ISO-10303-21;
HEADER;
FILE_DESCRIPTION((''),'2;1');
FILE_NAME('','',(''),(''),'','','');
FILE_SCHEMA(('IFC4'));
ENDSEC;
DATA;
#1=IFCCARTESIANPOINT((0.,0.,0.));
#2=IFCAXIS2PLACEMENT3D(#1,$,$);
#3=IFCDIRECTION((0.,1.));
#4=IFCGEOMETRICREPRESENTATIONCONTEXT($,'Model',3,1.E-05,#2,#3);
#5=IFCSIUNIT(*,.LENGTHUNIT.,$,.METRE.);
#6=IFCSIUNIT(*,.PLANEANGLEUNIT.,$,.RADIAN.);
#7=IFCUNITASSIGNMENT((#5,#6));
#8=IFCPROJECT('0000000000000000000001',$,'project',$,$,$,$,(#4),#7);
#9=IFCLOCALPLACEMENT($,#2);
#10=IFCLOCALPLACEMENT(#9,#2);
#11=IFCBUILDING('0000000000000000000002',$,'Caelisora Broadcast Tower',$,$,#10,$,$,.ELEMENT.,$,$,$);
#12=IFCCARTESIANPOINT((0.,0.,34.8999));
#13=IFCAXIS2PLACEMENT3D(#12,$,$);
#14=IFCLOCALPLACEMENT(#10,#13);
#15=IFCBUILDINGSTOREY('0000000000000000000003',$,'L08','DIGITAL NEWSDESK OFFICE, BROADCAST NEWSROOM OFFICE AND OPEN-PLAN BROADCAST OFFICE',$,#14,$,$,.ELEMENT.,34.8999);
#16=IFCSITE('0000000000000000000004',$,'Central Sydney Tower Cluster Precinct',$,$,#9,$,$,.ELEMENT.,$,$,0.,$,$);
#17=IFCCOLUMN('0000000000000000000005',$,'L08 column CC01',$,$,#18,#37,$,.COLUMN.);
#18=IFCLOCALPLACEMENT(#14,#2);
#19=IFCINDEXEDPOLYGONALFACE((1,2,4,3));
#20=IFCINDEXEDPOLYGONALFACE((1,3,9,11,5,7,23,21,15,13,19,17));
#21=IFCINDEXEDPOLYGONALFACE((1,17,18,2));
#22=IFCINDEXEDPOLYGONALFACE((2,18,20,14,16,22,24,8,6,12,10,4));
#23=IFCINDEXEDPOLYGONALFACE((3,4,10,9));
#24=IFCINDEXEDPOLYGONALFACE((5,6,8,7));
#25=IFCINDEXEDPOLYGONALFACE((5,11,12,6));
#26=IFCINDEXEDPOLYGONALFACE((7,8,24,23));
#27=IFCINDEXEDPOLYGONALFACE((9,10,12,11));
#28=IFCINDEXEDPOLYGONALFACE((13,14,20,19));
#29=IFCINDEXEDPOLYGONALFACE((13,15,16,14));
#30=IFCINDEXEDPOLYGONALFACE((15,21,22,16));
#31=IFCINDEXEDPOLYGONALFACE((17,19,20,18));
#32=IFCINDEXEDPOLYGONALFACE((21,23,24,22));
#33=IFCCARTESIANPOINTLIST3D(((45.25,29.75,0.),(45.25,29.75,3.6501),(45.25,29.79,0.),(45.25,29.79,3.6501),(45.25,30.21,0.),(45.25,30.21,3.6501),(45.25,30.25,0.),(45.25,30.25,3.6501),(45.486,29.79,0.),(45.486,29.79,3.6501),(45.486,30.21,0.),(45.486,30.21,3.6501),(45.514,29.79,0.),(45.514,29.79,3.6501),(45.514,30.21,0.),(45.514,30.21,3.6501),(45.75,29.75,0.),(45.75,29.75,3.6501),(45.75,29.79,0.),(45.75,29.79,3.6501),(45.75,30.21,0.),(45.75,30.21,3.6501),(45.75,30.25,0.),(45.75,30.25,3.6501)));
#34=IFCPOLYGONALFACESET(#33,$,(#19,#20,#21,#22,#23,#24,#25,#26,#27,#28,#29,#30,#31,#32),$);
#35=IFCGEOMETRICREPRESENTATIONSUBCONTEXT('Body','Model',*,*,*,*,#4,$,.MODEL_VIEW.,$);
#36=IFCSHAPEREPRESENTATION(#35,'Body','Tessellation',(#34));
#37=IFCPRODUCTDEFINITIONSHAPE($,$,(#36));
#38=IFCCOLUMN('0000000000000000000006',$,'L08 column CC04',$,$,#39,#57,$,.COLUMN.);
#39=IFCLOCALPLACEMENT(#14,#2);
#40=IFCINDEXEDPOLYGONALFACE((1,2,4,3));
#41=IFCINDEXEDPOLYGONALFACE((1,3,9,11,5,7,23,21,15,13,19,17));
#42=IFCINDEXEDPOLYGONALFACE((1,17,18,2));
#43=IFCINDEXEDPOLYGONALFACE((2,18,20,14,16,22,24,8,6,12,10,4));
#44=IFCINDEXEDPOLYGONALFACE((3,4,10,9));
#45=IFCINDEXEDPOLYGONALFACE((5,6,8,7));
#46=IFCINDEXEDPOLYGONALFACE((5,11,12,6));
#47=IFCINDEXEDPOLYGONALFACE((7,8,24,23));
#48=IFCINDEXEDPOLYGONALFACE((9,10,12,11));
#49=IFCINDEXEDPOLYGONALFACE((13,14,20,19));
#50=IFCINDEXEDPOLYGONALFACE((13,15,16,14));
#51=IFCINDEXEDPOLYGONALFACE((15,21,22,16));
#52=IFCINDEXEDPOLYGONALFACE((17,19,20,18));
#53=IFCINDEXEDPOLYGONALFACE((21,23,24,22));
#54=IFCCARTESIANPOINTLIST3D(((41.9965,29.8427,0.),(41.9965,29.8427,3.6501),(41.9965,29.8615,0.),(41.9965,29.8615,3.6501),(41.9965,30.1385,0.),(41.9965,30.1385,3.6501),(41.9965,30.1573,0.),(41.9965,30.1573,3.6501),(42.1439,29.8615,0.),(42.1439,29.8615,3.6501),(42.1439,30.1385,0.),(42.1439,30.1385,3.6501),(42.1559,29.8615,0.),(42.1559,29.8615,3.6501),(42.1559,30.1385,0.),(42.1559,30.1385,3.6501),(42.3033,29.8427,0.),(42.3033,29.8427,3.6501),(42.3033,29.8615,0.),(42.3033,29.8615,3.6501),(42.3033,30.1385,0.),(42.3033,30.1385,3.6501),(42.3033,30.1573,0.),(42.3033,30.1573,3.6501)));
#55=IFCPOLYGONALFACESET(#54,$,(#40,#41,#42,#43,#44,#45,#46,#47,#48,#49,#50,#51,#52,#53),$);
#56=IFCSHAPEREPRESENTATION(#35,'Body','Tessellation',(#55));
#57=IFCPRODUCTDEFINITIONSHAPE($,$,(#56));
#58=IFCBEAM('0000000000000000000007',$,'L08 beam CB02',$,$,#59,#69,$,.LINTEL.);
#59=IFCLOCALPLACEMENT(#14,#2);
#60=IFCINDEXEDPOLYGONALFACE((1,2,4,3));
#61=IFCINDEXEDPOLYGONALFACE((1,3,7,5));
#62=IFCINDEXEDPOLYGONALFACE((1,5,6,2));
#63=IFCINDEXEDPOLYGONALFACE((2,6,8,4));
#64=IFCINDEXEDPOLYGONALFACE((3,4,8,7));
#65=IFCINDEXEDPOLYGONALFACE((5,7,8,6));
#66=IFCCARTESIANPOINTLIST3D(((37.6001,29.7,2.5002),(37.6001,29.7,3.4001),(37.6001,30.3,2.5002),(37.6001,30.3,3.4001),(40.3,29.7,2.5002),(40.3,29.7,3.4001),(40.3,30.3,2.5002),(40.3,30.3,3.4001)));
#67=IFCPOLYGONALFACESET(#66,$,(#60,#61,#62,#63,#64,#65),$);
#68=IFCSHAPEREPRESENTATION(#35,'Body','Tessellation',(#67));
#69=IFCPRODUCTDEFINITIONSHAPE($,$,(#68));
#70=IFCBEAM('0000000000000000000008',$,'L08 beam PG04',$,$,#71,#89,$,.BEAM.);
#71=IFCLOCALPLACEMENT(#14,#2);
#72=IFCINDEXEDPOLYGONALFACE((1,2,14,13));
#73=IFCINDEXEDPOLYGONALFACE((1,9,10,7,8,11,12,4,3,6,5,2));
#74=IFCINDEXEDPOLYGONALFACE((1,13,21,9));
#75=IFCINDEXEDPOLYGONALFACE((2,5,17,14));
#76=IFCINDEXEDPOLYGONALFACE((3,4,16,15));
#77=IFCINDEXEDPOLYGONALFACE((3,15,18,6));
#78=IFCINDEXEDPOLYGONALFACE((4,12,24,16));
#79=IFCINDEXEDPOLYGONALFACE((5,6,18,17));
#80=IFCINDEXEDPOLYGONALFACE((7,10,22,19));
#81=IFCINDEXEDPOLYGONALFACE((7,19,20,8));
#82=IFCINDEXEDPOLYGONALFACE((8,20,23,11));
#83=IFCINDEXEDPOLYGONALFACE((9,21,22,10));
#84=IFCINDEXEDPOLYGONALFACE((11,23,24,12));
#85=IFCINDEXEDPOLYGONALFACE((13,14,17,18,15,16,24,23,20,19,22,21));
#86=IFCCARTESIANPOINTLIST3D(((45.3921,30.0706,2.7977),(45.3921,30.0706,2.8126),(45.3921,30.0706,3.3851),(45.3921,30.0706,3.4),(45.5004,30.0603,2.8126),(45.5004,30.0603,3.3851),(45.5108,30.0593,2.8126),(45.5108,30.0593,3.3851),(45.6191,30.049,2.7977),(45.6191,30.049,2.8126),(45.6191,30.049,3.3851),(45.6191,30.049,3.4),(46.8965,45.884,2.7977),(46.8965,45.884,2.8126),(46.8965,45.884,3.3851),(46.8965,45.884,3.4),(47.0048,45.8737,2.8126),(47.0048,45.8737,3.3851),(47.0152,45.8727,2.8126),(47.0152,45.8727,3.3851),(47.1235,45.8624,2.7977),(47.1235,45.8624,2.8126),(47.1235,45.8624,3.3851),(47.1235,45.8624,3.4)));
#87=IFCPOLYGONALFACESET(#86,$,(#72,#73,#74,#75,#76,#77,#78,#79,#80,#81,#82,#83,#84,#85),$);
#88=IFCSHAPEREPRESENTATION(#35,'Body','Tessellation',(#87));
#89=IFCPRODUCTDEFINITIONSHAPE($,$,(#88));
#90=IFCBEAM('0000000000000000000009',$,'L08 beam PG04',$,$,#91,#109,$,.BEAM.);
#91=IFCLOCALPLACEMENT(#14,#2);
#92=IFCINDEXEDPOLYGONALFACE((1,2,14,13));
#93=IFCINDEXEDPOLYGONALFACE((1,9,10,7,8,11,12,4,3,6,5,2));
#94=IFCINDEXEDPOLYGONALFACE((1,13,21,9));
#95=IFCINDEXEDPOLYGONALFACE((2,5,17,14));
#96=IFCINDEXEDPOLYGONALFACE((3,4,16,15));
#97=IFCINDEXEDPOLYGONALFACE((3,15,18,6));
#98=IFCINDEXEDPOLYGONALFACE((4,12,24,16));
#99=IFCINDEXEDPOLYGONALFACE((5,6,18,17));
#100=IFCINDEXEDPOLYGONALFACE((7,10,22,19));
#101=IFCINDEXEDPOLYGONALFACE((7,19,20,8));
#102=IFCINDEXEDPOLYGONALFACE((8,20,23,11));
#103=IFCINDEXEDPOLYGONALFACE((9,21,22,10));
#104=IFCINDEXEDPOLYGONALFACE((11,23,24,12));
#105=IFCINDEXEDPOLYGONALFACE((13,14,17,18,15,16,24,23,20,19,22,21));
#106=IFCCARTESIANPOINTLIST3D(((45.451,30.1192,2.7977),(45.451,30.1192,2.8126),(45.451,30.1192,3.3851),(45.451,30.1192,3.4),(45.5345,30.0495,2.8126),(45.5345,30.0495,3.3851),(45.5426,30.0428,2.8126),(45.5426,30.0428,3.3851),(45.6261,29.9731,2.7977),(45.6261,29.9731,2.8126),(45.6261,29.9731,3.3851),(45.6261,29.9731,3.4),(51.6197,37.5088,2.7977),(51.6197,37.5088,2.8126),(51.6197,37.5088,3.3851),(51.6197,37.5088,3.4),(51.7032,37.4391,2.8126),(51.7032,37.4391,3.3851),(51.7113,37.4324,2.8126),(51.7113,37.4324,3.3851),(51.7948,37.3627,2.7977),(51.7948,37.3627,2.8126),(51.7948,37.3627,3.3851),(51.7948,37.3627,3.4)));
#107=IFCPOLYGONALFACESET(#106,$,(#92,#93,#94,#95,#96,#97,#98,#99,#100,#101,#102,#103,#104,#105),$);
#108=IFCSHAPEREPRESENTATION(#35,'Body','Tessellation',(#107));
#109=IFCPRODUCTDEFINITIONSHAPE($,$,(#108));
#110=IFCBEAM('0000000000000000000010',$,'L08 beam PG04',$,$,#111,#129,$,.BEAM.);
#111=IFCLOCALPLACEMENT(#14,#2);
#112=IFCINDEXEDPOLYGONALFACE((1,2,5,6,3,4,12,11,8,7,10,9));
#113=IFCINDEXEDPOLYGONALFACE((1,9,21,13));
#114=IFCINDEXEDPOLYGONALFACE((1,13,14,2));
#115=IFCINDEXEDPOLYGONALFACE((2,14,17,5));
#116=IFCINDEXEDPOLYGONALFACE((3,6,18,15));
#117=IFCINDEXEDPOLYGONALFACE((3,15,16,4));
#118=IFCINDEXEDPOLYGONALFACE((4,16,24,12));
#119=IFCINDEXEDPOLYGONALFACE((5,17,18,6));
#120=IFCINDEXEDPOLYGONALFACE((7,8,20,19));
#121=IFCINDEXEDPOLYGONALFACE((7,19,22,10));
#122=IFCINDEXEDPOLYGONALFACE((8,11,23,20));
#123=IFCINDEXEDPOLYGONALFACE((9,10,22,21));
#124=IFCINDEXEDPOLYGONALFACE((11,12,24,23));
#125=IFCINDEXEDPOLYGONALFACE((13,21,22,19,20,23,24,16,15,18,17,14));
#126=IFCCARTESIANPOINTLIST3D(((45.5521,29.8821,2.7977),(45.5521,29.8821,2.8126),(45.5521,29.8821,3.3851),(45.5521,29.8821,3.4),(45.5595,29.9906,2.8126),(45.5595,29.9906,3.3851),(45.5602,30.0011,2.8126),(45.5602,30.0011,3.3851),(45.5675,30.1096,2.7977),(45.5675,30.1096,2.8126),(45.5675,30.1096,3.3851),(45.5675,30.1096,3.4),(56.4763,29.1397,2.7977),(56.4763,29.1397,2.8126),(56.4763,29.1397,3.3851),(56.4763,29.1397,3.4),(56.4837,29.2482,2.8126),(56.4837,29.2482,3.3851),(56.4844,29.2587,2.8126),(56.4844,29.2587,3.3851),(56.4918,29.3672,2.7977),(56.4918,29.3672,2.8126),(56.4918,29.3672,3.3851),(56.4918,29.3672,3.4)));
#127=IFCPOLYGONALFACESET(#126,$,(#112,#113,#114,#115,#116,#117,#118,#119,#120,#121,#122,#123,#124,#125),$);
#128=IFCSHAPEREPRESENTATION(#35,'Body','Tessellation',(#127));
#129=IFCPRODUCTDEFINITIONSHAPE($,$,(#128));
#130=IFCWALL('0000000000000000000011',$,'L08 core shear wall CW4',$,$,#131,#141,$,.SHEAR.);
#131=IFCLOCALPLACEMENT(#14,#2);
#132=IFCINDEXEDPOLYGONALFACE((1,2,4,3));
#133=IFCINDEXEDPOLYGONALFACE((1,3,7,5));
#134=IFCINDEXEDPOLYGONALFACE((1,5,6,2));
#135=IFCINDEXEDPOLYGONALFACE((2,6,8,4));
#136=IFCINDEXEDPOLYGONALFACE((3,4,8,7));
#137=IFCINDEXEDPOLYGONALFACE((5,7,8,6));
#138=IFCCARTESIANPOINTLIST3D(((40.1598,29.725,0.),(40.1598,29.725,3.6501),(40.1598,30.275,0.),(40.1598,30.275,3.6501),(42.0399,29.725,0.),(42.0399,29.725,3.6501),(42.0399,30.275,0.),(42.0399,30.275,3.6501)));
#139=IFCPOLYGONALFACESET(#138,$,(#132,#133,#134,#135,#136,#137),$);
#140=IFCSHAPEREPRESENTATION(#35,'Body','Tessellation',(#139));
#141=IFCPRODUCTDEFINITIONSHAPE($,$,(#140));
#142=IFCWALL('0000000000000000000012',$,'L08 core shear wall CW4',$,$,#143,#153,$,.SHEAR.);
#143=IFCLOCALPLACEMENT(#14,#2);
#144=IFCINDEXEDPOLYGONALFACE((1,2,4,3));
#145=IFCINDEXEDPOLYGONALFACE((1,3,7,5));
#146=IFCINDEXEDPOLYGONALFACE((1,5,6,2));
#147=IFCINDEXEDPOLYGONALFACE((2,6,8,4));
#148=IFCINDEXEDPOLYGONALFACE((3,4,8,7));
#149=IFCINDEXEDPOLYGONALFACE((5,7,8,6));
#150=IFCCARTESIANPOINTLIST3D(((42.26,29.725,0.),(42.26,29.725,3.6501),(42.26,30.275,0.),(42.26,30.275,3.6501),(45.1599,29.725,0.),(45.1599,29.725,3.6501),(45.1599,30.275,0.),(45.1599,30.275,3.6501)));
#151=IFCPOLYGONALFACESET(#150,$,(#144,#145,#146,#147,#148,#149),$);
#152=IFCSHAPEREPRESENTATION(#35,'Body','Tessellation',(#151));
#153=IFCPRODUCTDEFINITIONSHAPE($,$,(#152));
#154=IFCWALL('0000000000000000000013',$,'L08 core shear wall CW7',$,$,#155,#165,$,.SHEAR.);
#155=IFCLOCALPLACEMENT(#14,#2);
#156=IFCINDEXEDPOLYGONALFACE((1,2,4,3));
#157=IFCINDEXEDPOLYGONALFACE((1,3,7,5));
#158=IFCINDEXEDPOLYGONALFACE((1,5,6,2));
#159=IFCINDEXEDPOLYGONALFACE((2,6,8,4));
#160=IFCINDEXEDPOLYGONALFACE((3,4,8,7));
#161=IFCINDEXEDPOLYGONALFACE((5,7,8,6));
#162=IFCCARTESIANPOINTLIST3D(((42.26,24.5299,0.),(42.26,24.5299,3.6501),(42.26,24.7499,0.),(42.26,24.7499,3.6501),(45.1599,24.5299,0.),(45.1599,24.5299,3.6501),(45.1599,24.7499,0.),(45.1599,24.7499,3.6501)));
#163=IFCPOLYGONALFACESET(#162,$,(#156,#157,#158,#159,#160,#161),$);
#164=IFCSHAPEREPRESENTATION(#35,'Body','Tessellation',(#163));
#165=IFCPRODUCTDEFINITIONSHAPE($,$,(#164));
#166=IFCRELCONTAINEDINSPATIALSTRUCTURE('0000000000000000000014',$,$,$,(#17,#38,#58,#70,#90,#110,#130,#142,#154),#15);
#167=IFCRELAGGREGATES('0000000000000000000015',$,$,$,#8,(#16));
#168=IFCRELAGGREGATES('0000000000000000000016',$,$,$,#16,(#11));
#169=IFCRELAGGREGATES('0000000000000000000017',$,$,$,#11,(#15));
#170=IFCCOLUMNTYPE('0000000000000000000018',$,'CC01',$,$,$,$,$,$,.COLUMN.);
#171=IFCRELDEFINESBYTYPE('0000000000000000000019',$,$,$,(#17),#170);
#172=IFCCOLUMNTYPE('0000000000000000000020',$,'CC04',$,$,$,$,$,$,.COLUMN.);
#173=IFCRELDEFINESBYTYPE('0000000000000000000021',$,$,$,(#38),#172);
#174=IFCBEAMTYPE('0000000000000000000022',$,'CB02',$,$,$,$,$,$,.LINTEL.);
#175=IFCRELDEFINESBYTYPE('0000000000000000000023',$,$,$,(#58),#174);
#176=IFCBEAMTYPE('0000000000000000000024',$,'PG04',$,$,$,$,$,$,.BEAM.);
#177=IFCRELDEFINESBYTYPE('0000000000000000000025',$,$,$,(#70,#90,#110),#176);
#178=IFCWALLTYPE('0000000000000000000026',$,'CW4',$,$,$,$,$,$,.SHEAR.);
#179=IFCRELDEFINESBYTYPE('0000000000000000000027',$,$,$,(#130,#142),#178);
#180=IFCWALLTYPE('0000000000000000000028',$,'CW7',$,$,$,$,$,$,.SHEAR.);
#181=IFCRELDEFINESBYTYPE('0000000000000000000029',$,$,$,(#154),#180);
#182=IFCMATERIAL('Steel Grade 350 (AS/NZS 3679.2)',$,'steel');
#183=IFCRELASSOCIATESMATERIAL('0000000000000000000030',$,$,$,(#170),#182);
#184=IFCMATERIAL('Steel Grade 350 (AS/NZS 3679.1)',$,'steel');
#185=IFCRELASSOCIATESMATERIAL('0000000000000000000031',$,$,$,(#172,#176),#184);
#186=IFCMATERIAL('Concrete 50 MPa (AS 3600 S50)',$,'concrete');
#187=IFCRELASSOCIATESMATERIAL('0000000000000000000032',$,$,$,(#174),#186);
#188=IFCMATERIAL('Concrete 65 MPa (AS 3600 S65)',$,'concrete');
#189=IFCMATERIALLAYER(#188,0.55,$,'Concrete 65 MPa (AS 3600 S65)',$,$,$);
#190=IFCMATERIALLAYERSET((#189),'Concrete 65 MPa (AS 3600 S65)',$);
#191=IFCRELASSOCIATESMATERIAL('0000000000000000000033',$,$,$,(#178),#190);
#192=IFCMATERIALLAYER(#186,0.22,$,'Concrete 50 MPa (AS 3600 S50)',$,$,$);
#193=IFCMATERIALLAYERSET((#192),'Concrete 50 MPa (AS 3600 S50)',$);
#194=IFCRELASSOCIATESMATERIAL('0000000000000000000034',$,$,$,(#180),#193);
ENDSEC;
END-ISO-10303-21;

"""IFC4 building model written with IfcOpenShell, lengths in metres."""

from ifc_helpers import new_model, si_unit, direction, frame, frame_2d, origin, origin_2d, place, context, subcontext, project, spatial, rectangle, i_section, extrude, source, transform, mapped, material, layer, layer_set, material_profile, profile_set, type_object, type_shapes, element, save


model = new_model("IFC4")

# Units and contexts
model_context = context("Model", 3, precision=1e-05, world=origin(), true_north=direction((0.0, 1.0)))
body_context = subcontext(model_context, "Body", "Model", "MODEL_VIEW")
ifc_project = project(units=[si_unit("LENGTHUNIT", "METRE"), si_unit("PLANEANGLEUNIT", "RADIAN")], contexts=[model_context])

# Site, building, storey
site_placement = place(None, origin())
site = spatial("IfcSite", under=ifc_project, at=site_placement, Name="Central Sydney Tower Cluster Precinct", CompositionType="ELEMENT", RefElevation=0.0)
building_placement = place(site_placement, origin())
building = spatial("IfcBuilding", under=site, at=building_placement, Name="Caelisora Broadcast Tower", CompositionType="ELEMENT")
storey_placement = place(building_placement, frame((0.0, 0.0, 34.8999)))
storey = spatial("IfcBuildingStorey", under=building, at=storey_placement, Name="L08", Description="DIGITAL NEWSDESK OFFICE, BROADCAST NEWSROOM OFFICE AND OPEN-PLAN BROADCAST OFFICE", CompositionType="ELEMENT", Elevation=34.8999)

# Columns
ifc_material_1 = material(Name="Steel Grade 350 (AS/NZS 3679.2)", Category="steel")
ifc_material_profile_1 = material_profile(ifc_material_1, i_section(OverallWidth=0.5, OverallDepth=0.5, WebThickness=0.0281, FlangeThickness=0.04, at=origin_2d()), Name="Steel Grade 350 (AS/NZS 3679.2)")
ifc_profile_set_1 = profile_set([ifc_material_profile_1], Name="Steel Grade 350 (AS/NZS 3679.2)")
column_type_1 = type_object("IfcColumnType", Name="CC01", PredefinedType="COLUMN", material=ifc_profile_set_1)
shared_shape_1 = source(origin(), body_context, "Body", "SweptSolid", [
    extrude(i_section(OverallWidth=0.5, OverallDepth=0.5, WebThickness=0.0281, FlangeThickness=0.04, at=origin_2d()), origin(), (0.0, 0.0, 1.0), 3.6501),
])
type_shapes(column_type_1, [shared_shape_1])
column_1_placement = place(storey_placement, frame((45.5, 30.0, 0.0), z_axis=(0.0, 0.0, 1.0), x_axis=(1.0, 0.0, 0.0)))
element("IfcColumn", 1, at=column_1_placement, inside=storey, type_object=column_type_1, Name="L08 column CC01", PredefinedType="COLUMN", context=body_context, shape_type="MappedRepresentation", body=[
    mapped(shared_shape_1, transform((0.0, 0.0, 0.0), scale=1.0)),
])
ifc_material_2 = material(Name="Steel Grade 350 (AS/NZS 3679.1)", Category="steel")
ifc_material_profile_2 = material_profile(ifc_material_2, i_section(OverallWidth=0.3069, OverallDepth=0.3147, WebThickness=0.012, FlangeThickness=0.0188, at=origin_2d()), Name="Steel Grade 350 (AS/NZS 3679.1)")
ifc_profile_set_2 = profile_set([ifc_material_profile_2], Name="Steel Grade 350 (AS/NZS 3679.1)")
column_type_2 = type_object("IfcColumnType", Name="CC04", PredefinedType="COLUMN", material=ifc_profile_set_2)
shared_shape_2 = source(origin(), body_context, "Body", "SweptSolid", [
    extrude(i_section(OverallWidth=0.3069, OverallDepth=0.3147, WebThickness=0.012, FlangeThickness=0.0188, at=origin_2d()), origin(), (0.0, 0.0, 1.0), 3.6501),
])
type_shapes(column_type_2, [shared_shape_2])
column_2_placement = place(storey_placement, frame((42.1499, 30.0, 0.0), z_axis=(0.0, 0.0, 1.0), x_axis=(1.0, 0.0, 0.0)))
element("IfcColumn", 2, at=column_2_placement, inside=storey, type_object=column_type_2, Name="L08 column CC04", PredefinedType="COLUMN", context=body_context, shape_type="MappedRepresentation", body=[
    mapped(shared_shape_2, transform((0.0, 0.0, 0.0), scale=1.0)),
])

# Beams
ifc_material_3 = material(Name="Concrete 50 MPa (AS 3600 S50)", Category="concrete")
ifc_material_profile_3 = material_profile(ifc_material_3, rectangle(XDim=0.6001, YDim=0.8999, at=origin_2d()), Name="Concrete 50 MPa (AS 3600 S50)")
ifc_profile_set_3 = profile_set([ifc_material_profile_3], Name="Concrete 50 MPa (AS 3600 S50)")
beam_type_1 = type_object("IfcBeamType", Name="CB02", PredefinedType="LINTEL", material=ifc_profile_set_3)
shared_shape_3 = source(origin(), body_context, "Body", "SweptSolid", [
    extrude(rectangle(XDim=0.6001, YDim=0.8999, at=origin_2d()), origin(), (0.0, 0.0, 1.0), 2.7),
])
type_shapes(beam_type_1, [shared_shape_3])
beam_1_placement = place(storey_placement, frame((37.6001, 30.0, 2.9502), z_axis=(1.0, 0.0, 0.0), x_axis=(0.0, 1.0, 0.0)))
element("IfcBeam", 3, at=beam_1_placement, inside=storey, type_object=beam_type_1, Name="L08 beam CB02", PredefinedType="LINTEL", context=body_context, shape_type="MappedRepresentation", body=[
    mapped(shared_shape_3, transform((0.0, 0.0, 0.0), scale=1.0)),
])
ifc_material_profile_4 = material_profile(ifc_material_2, i_section(OverallWidth=0.228, OverallDepth=0.6023, WebThickness=0.0105, FlangeThickness=0.0149, at=origin_2d()), Name="Steel Grade 350 (AS/NZS 3679.1)")
ifc_profile_set_4 = profile_set([ifc_material_profile_4], Name="Steel Grade 350 (AS/NZS 3679.1)")
beam_type_2 = type_object("IfcBeamType", Name="PG04", PredefinedType="BEAM", material=ifc_profile_set_4)
shared_shape_4 = source(origin(), body_context, "Body", "SweptSolid", [
    extrude(i_section(OverallWidth=0.228, OverallDepth=0.6023, WebThickness=0.0105, FlangeThickness=0.0149, at=origin_2d()), origin(), (0.0, 0.0, 1.0), 15.8848),
])
beam_2_placement = place(storey_placement, frame((45.5056, 30.0598, 3.0989), z_axis=(0.094706, 0.995505, 0.0), x_axis=(-0.995505, 0.094706, 0.0)))
element("IfcBeam", 4, at=beam_2_placement, inside=storey, type_object=beam_type_2, Name="L08 beam PG04", PredefinedType="BEAM", context=body_context, shape_type="MappedRepresentation", body=[
    mapped(shared_shape_4, transform((0.0, 0.0, 0.0), scale=1.0)),
])
shared_shape_5 = source(origin(), body_context, "Body", "SweptSolid", [
    extrude(i_section(OverallWidth=0.228, OverallDepth=0.6023, WebThickness=0.0105, FlangeThickness=0.0149, at=origin_2d()), origin(), (0.0, 0.0, 1.0), 9.626),
])
beam_3_placement = place(storey_placement, frame((45.5386, 30.0461, 3.0989), z_axis=(0.640838, 0.767676, 0.0), x_axis=(-0.767676, 0.640838, 0.0)))
element("IfcBeam", 5, at=beam_3_placement, inside=storey, type_object=beam_type_2, Name="L08 beam PG04", PredefinedType="BEAM", context=body_context, shape_type="MappedRepresentation", body=[
    mapped(shared_shape_5, transform((0.0, 0.0, 0.0), scale=1.0)),
])
shared_shape_6 = source(origin(), body_context, "Body", "SweptSolid", [
    extrude(i_section(OverallWidth=0.228, OverallDepth=0.6023, WebThickness=0.0105, FlangeThickness=0.0149, at=origin_2d()), origin(), (0.0, 0.0, 1.0), 10.9495),
])
type_shapes(beam_type_2, [shared_shape_4, shared_shape_5, shared_shape_6])
beam_4_placement = place(storey_placement, frame((45.5598, 29.9958, 3.0989), z_axis=(0.997699, -0.067805, 0.0), x_axis=(0.067805, 0.997699, 0.0)))
element("IfcBeam", 6, at=beam_4_placement, inside=storey, type_object=beam_type_2, Name="L08 beam PG04", PredefinedType="BEAM", context=body_context, shape_type="MappedRepresentation", body=[
    mapped(shared_shape_6, transform((0.0, 0.0, 0.0), scale=1.0)),
])

# Walls
ifc_material_4 = material(Name="Concrete 65 MPa (AS 3600 S65)", Category="concrete")
ifc_layer_1 = layer(ifc_material_4, 0.55, Name="Concrete 65 MPa (AS 3600 S65)")
ifc_layer_set_1 = layer_set([ifc_layer_1], Name="Concrete 65 MPa (AS 3600 S65)")
wall_type_1 = type_object("IfcWallType", Name="CW4", PredefinedType="SHEAR", material=ifc_layer_set_1)
wall_1_placement = place(storey_placement, frame((40.1599, 30.0, 0.0), z_axis=(0.0, 0.0, 1.0), x_axis=(1.0, 0.0, 0.0)))
element("IfcWall", 7, at=wall_1_placement, inside=storey, type_object=wall_type_1, Name="L08 core shear wall CW4", PredefinedType="SHEAR", context=body_context, shape_type="SweptSolid", body=[
    extrude(rectangle(XDim=1.8801, YDim=0.55, at=frame_2d((0.9399, 0.0))), origin(), (0.0, 0.0, 1.0), 3.6501),
])
wall_2_placement = place(storey_placement, frame((42.26, 30.0, 0.0), z_axis=(0.0, 0.0, 1.0), x_axis=(1.0, 0.0, 0.0)))
element("IfcWall", 8, at=wall_2_placement, inside=storey, type_object=wall_type_1, Name="L08 core shear wall CW4", PredefinedType="SHEAR", context=body_context, shape_type="SweptSolid", body=[
    extrude(rectangle(XDim=2.8999, YDim=0.55, at=frame_2d((1.45, 0.0))), origin(), (0.0, 0.0, 1.0), 3.6501),
])
ifc_layer_2 = layer(ifc_material_3, 0.22, Name="Concrete 50 MPa (AS 3600 S50)")
ifc_layer_set_2 = layer_set([ifc_layer_2], Name="Concrete 50 MPa (AS 3600 S50)")
wall_type_2 = type_object("IfcWallType", Name="CW7", PredefinedType="SHEAR", material=ifc_layer_set_2)
wall_3_placement = place(storey_placement, frame((42.26, 24.6399, 0.0), z_axis=(0.0, 0.0, 1.0), x_axis=(1.0, 0.0, 0.0)))
element("IfcWall", 9, at=wall_3_placement, inside=storey, type_object=wall_type_2, Name="L08 core shear wall CW7", PredefinedType="SHEAR", context=body_context, shape_type="SweptSolid", body=[
    extrude(rectangle(XDim=2.8999, YDim=0.22, at=frame_2d((1.45, 0.0))), origin(), (0.0, 0.0, 1.0), 3.6501),
])

save(model, "model.ifc")
